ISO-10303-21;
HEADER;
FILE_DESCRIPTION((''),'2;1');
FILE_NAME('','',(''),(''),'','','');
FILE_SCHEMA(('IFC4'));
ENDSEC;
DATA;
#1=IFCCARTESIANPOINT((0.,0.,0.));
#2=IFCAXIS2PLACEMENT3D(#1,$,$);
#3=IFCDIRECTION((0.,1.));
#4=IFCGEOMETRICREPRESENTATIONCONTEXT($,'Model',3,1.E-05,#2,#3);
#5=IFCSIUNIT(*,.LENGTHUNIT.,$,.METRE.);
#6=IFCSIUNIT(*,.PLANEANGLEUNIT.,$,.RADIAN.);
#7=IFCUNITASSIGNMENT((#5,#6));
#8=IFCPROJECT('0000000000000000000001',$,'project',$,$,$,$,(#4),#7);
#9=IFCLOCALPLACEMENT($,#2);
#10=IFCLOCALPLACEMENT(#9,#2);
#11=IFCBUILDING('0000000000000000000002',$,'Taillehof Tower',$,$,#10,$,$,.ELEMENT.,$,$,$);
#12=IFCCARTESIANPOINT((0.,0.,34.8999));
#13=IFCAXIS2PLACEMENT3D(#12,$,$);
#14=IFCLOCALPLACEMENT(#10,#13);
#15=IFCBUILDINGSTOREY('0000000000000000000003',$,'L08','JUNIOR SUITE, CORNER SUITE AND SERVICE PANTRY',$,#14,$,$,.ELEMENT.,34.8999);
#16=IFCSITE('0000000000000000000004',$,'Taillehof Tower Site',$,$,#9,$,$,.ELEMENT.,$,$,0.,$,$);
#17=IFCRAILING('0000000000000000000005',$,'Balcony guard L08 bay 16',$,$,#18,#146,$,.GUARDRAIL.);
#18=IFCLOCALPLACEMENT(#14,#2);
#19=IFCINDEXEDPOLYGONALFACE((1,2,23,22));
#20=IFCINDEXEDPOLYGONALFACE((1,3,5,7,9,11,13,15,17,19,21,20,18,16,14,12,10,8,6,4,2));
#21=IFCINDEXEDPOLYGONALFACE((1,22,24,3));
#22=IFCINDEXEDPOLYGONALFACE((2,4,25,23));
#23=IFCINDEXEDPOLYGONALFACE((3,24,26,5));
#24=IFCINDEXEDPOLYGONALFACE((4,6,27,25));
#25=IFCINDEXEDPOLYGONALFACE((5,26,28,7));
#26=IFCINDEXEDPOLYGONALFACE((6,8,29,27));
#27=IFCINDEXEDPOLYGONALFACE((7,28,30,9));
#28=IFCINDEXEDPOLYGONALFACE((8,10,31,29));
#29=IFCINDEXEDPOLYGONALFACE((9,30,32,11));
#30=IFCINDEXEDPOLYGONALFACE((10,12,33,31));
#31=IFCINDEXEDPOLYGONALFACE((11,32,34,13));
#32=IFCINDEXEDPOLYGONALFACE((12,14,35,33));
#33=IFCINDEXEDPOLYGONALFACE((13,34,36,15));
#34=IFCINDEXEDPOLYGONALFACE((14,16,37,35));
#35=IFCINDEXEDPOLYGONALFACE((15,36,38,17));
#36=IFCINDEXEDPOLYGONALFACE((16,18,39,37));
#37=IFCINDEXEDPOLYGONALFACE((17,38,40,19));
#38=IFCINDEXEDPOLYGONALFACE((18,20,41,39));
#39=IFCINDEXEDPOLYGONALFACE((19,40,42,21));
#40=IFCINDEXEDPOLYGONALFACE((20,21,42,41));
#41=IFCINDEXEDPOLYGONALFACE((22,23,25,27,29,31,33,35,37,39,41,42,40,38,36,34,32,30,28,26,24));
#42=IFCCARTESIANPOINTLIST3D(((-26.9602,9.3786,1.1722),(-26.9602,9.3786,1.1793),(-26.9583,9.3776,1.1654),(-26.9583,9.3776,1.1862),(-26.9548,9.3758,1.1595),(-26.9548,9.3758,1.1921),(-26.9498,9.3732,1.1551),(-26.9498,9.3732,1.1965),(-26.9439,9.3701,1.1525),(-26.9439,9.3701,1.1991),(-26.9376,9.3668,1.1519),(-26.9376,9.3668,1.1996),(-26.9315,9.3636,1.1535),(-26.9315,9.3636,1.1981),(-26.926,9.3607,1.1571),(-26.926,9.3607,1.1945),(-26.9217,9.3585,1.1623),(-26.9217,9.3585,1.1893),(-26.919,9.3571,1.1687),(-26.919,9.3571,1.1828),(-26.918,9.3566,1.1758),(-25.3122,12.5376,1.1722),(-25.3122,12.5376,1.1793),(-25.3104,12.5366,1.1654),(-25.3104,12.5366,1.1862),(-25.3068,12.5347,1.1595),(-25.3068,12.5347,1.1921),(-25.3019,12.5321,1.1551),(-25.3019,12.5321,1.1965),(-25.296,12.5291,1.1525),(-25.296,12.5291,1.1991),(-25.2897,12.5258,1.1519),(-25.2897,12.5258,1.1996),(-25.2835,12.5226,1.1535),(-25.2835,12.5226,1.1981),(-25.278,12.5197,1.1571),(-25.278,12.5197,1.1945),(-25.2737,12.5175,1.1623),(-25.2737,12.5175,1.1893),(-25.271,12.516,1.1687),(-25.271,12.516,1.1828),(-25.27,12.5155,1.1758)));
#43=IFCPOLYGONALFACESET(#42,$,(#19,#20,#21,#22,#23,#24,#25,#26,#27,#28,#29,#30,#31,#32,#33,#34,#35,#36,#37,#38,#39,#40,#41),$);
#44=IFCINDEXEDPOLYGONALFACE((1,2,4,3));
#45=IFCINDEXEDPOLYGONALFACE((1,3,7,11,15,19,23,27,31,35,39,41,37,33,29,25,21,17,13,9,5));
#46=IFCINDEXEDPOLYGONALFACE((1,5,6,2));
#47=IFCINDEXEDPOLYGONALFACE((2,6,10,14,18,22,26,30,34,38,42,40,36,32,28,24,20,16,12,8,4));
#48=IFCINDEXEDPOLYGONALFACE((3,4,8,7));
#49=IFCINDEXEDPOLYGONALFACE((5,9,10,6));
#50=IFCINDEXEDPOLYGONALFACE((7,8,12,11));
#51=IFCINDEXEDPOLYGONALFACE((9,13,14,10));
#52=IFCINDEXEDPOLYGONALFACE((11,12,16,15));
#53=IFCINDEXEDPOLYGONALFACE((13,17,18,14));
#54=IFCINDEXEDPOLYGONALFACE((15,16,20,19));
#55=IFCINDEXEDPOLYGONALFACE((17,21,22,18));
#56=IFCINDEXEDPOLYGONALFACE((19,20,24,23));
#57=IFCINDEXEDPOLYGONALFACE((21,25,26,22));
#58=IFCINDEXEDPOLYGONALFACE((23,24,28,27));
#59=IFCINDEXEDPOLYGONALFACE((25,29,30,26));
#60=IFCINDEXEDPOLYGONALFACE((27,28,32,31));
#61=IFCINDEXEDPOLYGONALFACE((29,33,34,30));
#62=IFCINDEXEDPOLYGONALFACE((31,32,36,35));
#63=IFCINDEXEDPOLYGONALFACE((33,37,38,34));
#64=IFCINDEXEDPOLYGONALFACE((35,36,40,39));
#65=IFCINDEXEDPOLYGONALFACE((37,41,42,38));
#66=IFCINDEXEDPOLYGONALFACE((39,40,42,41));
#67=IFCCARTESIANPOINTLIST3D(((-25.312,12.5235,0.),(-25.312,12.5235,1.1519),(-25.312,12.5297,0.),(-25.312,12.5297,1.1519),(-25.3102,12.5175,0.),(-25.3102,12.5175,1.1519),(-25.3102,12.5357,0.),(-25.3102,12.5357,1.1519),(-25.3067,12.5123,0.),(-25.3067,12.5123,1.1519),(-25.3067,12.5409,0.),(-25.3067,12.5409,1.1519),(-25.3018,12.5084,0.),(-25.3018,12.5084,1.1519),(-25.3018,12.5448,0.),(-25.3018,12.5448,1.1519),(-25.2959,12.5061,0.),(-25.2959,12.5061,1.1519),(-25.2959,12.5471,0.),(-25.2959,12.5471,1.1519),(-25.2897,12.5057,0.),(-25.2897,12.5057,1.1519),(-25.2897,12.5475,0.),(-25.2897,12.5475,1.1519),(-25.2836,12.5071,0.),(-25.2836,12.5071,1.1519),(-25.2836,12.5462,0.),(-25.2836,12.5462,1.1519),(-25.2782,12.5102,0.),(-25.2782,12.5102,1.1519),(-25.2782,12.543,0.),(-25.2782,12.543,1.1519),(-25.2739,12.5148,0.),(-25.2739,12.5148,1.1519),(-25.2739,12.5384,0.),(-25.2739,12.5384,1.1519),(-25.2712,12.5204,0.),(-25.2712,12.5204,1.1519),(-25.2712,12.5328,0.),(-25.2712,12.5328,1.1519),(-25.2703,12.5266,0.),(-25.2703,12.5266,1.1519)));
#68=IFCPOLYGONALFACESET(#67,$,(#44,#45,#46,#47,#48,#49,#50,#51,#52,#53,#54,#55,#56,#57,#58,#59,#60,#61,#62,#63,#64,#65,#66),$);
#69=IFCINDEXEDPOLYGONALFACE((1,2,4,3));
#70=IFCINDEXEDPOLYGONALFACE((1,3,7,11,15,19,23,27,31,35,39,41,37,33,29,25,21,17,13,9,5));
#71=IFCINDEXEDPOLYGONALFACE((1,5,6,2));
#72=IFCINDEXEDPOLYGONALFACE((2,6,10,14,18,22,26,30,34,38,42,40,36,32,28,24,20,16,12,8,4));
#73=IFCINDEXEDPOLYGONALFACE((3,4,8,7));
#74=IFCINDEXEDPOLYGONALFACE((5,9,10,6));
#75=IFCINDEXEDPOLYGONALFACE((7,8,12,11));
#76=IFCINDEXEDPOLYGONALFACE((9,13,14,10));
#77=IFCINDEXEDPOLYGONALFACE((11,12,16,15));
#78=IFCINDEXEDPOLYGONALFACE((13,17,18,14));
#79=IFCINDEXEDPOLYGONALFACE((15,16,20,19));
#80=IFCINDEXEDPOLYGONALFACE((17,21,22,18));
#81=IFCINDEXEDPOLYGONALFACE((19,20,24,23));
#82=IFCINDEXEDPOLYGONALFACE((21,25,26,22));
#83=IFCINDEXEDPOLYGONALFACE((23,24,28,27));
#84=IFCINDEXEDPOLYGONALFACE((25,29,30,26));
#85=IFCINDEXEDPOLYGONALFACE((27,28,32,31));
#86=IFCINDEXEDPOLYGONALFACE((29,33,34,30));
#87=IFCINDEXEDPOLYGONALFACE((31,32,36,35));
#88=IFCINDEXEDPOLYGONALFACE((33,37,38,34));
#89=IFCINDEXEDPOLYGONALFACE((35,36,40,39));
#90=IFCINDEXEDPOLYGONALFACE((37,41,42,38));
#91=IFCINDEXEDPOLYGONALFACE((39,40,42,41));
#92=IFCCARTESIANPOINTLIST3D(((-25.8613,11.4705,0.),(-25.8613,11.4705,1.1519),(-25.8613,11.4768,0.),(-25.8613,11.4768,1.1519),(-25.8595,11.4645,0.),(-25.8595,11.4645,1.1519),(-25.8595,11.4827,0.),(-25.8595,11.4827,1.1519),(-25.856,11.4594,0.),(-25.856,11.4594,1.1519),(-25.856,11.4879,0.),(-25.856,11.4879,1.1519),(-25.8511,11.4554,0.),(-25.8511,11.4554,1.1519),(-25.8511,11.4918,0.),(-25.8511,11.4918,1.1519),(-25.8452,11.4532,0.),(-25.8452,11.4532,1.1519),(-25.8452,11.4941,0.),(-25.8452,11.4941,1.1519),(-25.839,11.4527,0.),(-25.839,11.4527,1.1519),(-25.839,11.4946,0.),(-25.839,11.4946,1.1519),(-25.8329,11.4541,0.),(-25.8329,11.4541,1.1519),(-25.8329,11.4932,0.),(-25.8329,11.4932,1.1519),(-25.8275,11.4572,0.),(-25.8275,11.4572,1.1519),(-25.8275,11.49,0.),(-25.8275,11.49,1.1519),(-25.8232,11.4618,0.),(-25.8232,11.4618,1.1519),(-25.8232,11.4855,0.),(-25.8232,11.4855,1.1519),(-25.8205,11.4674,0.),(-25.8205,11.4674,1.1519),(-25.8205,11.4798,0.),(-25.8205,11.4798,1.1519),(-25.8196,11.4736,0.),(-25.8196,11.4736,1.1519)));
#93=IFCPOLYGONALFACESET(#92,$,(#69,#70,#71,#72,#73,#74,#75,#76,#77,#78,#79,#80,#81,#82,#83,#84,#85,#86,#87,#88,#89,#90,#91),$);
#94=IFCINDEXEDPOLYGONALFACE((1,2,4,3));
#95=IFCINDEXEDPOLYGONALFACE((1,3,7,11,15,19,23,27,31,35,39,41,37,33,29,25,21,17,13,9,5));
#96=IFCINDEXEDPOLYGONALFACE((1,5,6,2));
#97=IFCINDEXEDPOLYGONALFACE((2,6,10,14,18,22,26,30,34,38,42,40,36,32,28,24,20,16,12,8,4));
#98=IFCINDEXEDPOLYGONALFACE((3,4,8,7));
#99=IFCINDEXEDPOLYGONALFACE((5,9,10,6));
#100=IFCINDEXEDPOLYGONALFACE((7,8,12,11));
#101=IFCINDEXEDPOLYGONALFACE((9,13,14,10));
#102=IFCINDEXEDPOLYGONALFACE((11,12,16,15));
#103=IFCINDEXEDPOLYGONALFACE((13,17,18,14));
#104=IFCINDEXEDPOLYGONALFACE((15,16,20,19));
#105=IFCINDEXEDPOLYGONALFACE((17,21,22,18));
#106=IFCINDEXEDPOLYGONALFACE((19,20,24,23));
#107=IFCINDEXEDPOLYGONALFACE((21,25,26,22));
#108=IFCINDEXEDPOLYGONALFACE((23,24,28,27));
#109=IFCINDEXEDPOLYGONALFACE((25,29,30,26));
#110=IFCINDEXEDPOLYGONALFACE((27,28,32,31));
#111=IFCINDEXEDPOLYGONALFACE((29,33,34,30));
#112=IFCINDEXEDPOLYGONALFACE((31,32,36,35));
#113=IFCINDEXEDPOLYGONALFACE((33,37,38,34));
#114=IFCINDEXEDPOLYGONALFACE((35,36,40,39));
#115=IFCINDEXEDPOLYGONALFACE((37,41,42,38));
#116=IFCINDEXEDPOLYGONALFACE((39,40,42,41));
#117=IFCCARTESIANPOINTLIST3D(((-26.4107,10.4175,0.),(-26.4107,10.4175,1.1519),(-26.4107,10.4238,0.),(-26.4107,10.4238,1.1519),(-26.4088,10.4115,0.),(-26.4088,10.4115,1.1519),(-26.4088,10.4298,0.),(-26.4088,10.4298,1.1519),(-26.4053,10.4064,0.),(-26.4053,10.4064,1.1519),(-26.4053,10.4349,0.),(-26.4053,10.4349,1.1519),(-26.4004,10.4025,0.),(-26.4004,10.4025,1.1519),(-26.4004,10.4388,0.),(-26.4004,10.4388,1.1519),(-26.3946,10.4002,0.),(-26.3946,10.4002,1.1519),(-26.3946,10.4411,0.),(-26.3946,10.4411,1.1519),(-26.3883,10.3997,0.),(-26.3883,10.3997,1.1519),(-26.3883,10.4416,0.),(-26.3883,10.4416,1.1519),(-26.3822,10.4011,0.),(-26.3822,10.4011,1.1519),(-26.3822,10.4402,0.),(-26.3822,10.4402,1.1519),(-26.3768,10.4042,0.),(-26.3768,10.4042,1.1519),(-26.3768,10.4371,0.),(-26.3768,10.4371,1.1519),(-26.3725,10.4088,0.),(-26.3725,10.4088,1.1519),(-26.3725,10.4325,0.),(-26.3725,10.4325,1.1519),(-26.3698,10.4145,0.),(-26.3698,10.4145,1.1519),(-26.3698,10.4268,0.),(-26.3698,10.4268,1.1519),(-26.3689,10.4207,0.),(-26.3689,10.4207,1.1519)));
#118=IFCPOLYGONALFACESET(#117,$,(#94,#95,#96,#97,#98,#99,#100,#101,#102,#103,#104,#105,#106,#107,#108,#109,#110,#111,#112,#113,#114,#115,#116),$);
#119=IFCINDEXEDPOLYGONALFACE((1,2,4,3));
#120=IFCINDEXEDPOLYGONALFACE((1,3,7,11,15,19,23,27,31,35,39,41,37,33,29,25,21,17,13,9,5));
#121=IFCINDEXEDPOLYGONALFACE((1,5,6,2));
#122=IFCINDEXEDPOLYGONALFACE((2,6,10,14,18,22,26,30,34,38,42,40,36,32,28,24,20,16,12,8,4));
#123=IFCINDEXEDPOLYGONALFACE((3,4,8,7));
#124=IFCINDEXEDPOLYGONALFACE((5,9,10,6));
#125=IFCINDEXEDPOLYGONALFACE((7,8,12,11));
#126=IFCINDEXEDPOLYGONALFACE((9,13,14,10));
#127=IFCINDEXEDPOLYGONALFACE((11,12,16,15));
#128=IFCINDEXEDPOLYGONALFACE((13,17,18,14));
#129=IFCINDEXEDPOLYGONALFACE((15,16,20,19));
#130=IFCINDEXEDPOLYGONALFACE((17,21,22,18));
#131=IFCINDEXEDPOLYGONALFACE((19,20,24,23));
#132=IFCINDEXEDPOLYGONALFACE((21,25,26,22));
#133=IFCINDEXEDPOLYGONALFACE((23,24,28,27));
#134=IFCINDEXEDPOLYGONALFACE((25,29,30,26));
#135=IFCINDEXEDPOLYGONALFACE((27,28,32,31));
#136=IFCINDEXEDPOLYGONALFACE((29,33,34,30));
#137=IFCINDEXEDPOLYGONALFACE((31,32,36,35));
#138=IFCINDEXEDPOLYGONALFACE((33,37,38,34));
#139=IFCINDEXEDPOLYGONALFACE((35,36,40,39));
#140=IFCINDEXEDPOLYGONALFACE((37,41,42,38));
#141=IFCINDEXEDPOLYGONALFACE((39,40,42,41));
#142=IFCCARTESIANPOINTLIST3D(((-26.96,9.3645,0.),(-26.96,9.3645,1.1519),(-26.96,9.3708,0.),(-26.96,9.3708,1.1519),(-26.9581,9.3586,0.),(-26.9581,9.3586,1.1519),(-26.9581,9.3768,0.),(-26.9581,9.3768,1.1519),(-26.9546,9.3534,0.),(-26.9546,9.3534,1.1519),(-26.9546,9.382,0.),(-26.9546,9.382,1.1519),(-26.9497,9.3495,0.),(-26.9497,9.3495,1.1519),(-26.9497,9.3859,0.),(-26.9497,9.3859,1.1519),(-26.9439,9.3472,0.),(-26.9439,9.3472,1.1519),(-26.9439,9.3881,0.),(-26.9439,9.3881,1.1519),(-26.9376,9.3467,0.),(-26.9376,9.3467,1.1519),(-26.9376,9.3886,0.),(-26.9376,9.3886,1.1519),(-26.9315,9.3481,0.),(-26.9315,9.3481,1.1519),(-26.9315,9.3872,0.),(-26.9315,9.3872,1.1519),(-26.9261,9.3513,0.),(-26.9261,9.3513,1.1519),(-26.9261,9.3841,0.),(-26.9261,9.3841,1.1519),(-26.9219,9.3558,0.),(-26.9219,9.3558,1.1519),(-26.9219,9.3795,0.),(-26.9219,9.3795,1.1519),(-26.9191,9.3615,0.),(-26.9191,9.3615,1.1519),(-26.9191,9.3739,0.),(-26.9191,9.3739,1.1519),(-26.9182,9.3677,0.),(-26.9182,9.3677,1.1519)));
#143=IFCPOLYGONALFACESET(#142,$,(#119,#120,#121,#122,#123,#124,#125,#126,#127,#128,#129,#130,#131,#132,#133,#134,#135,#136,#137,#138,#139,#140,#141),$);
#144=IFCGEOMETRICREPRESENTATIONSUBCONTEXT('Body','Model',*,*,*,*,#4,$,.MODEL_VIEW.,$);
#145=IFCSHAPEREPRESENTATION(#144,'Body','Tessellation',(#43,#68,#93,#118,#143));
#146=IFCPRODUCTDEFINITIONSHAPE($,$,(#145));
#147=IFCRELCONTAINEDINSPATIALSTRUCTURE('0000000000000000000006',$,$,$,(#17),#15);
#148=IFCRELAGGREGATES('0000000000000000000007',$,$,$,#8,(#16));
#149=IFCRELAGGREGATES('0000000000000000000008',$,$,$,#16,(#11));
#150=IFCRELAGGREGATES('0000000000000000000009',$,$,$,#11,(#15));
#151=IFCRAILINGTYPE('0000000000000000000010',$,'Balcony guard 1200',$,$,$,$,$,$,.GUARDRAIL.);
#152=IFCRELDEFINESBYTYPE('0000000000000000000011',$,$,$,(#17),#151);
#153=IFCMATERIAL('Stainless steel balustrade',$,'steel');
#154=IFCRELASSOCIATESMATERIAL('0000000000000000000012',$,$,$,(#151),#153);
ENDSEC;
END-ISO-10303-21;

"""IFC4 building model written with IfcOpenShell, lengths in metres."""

from ifc_helpers import new_model, si_unit, direction, frame, origin, origin_2d, place, context, subcontext, project, spatial, circle, extrude, material, type_object, element, save


model = new_model("IFC4")

# Units and contexts
model_context = context("Model", 3, precision=1e-05, world=origin(), true_north=direction((0.0, 1.0)))
body_context = subcontext(model_context, "Body", "Model", "MODEL_VIEW")
ifc_project = project(units=[si_unit("LENGTHUNIT", "METRE"), si_unit("PLANEANGLEUNIT", "RADIAN")], contexts=[model_context])

# Site, building, storey
site_placement = place(None, origin())
site = spatial("IfcSite", under=ifc_project, at=site_placement, Name="Taillehof Tower Site", CompositionType="ELEMENT", RefElevation=0.0)
building_placement = place(site_placement, origin())
building = spatial("IfcBuilding", under=site, at=building_placement, Name="Taillehof Tower", CompositionType="ELEMENT")
storey_placement = place(building_placement, frame((0.0, 0.0, 34.8999)))
storey = spatial("IfcBuildingStorey", under=building, at=storey_placement, Name="L08", Description="JUNIOR SUITE, CORNER SUITE AND SERVICE PANTRY", CompositionType="ELEMENT", Elevation=34.8999)

# Railing
ifc_material_1 = material(Name="Stainless steel balustrade", Category="steel")
railing_type = type_object("IfcRailingType", Name="Balcony guard 1200", PredefinedType="GUARDRAIL", material=ifc_material_1)
railing_1_placement = place(storey_placement, frame((-25.2913, 12.5266, 0.0)))
element("IfcRailing", 1, at=railing_1_placement, inside=storey, type_object=railing_type, Name="Balcony guard L08 bay 16", PredefinedType="GUARDRAIL", context=body_context, shape_type="SweptSolid", body=[
    extrude(circle(Radius=0.0239, at=origin_2d()), frame((0.0, 0.0, 1.1758), z_axis=(-0.462524, -0.886607, 0.0), x_axis=(0.886607, -0.462524, 0.0)), (0.0, 0.0, 1.0), 3.563),
    extrude(circle(Radius=0.021, at=origin_2d()), origin(), (0.0, 0.0, 1.0), 1.1519),
    extrude(circle(Radius=0.021, at=origin_2d()), frame((-0.5493, -1.053, 0.0)), (0.0, 0.0, 1.0), 1.1519),
    extrude(circle(Radius=0.021, at=origin_2d()), frame((-1.0986, -2.106, 0.0)), (0.0, 0.0, 1.0), 1.1519),
    extrude(circle(Radius=0.021, at=origin_2d()), frame((-1.6479, -3.1589, 0.0)), (0.0, 0.0, 1.0), 1.1519),
])

save(model, "model.ifc")
